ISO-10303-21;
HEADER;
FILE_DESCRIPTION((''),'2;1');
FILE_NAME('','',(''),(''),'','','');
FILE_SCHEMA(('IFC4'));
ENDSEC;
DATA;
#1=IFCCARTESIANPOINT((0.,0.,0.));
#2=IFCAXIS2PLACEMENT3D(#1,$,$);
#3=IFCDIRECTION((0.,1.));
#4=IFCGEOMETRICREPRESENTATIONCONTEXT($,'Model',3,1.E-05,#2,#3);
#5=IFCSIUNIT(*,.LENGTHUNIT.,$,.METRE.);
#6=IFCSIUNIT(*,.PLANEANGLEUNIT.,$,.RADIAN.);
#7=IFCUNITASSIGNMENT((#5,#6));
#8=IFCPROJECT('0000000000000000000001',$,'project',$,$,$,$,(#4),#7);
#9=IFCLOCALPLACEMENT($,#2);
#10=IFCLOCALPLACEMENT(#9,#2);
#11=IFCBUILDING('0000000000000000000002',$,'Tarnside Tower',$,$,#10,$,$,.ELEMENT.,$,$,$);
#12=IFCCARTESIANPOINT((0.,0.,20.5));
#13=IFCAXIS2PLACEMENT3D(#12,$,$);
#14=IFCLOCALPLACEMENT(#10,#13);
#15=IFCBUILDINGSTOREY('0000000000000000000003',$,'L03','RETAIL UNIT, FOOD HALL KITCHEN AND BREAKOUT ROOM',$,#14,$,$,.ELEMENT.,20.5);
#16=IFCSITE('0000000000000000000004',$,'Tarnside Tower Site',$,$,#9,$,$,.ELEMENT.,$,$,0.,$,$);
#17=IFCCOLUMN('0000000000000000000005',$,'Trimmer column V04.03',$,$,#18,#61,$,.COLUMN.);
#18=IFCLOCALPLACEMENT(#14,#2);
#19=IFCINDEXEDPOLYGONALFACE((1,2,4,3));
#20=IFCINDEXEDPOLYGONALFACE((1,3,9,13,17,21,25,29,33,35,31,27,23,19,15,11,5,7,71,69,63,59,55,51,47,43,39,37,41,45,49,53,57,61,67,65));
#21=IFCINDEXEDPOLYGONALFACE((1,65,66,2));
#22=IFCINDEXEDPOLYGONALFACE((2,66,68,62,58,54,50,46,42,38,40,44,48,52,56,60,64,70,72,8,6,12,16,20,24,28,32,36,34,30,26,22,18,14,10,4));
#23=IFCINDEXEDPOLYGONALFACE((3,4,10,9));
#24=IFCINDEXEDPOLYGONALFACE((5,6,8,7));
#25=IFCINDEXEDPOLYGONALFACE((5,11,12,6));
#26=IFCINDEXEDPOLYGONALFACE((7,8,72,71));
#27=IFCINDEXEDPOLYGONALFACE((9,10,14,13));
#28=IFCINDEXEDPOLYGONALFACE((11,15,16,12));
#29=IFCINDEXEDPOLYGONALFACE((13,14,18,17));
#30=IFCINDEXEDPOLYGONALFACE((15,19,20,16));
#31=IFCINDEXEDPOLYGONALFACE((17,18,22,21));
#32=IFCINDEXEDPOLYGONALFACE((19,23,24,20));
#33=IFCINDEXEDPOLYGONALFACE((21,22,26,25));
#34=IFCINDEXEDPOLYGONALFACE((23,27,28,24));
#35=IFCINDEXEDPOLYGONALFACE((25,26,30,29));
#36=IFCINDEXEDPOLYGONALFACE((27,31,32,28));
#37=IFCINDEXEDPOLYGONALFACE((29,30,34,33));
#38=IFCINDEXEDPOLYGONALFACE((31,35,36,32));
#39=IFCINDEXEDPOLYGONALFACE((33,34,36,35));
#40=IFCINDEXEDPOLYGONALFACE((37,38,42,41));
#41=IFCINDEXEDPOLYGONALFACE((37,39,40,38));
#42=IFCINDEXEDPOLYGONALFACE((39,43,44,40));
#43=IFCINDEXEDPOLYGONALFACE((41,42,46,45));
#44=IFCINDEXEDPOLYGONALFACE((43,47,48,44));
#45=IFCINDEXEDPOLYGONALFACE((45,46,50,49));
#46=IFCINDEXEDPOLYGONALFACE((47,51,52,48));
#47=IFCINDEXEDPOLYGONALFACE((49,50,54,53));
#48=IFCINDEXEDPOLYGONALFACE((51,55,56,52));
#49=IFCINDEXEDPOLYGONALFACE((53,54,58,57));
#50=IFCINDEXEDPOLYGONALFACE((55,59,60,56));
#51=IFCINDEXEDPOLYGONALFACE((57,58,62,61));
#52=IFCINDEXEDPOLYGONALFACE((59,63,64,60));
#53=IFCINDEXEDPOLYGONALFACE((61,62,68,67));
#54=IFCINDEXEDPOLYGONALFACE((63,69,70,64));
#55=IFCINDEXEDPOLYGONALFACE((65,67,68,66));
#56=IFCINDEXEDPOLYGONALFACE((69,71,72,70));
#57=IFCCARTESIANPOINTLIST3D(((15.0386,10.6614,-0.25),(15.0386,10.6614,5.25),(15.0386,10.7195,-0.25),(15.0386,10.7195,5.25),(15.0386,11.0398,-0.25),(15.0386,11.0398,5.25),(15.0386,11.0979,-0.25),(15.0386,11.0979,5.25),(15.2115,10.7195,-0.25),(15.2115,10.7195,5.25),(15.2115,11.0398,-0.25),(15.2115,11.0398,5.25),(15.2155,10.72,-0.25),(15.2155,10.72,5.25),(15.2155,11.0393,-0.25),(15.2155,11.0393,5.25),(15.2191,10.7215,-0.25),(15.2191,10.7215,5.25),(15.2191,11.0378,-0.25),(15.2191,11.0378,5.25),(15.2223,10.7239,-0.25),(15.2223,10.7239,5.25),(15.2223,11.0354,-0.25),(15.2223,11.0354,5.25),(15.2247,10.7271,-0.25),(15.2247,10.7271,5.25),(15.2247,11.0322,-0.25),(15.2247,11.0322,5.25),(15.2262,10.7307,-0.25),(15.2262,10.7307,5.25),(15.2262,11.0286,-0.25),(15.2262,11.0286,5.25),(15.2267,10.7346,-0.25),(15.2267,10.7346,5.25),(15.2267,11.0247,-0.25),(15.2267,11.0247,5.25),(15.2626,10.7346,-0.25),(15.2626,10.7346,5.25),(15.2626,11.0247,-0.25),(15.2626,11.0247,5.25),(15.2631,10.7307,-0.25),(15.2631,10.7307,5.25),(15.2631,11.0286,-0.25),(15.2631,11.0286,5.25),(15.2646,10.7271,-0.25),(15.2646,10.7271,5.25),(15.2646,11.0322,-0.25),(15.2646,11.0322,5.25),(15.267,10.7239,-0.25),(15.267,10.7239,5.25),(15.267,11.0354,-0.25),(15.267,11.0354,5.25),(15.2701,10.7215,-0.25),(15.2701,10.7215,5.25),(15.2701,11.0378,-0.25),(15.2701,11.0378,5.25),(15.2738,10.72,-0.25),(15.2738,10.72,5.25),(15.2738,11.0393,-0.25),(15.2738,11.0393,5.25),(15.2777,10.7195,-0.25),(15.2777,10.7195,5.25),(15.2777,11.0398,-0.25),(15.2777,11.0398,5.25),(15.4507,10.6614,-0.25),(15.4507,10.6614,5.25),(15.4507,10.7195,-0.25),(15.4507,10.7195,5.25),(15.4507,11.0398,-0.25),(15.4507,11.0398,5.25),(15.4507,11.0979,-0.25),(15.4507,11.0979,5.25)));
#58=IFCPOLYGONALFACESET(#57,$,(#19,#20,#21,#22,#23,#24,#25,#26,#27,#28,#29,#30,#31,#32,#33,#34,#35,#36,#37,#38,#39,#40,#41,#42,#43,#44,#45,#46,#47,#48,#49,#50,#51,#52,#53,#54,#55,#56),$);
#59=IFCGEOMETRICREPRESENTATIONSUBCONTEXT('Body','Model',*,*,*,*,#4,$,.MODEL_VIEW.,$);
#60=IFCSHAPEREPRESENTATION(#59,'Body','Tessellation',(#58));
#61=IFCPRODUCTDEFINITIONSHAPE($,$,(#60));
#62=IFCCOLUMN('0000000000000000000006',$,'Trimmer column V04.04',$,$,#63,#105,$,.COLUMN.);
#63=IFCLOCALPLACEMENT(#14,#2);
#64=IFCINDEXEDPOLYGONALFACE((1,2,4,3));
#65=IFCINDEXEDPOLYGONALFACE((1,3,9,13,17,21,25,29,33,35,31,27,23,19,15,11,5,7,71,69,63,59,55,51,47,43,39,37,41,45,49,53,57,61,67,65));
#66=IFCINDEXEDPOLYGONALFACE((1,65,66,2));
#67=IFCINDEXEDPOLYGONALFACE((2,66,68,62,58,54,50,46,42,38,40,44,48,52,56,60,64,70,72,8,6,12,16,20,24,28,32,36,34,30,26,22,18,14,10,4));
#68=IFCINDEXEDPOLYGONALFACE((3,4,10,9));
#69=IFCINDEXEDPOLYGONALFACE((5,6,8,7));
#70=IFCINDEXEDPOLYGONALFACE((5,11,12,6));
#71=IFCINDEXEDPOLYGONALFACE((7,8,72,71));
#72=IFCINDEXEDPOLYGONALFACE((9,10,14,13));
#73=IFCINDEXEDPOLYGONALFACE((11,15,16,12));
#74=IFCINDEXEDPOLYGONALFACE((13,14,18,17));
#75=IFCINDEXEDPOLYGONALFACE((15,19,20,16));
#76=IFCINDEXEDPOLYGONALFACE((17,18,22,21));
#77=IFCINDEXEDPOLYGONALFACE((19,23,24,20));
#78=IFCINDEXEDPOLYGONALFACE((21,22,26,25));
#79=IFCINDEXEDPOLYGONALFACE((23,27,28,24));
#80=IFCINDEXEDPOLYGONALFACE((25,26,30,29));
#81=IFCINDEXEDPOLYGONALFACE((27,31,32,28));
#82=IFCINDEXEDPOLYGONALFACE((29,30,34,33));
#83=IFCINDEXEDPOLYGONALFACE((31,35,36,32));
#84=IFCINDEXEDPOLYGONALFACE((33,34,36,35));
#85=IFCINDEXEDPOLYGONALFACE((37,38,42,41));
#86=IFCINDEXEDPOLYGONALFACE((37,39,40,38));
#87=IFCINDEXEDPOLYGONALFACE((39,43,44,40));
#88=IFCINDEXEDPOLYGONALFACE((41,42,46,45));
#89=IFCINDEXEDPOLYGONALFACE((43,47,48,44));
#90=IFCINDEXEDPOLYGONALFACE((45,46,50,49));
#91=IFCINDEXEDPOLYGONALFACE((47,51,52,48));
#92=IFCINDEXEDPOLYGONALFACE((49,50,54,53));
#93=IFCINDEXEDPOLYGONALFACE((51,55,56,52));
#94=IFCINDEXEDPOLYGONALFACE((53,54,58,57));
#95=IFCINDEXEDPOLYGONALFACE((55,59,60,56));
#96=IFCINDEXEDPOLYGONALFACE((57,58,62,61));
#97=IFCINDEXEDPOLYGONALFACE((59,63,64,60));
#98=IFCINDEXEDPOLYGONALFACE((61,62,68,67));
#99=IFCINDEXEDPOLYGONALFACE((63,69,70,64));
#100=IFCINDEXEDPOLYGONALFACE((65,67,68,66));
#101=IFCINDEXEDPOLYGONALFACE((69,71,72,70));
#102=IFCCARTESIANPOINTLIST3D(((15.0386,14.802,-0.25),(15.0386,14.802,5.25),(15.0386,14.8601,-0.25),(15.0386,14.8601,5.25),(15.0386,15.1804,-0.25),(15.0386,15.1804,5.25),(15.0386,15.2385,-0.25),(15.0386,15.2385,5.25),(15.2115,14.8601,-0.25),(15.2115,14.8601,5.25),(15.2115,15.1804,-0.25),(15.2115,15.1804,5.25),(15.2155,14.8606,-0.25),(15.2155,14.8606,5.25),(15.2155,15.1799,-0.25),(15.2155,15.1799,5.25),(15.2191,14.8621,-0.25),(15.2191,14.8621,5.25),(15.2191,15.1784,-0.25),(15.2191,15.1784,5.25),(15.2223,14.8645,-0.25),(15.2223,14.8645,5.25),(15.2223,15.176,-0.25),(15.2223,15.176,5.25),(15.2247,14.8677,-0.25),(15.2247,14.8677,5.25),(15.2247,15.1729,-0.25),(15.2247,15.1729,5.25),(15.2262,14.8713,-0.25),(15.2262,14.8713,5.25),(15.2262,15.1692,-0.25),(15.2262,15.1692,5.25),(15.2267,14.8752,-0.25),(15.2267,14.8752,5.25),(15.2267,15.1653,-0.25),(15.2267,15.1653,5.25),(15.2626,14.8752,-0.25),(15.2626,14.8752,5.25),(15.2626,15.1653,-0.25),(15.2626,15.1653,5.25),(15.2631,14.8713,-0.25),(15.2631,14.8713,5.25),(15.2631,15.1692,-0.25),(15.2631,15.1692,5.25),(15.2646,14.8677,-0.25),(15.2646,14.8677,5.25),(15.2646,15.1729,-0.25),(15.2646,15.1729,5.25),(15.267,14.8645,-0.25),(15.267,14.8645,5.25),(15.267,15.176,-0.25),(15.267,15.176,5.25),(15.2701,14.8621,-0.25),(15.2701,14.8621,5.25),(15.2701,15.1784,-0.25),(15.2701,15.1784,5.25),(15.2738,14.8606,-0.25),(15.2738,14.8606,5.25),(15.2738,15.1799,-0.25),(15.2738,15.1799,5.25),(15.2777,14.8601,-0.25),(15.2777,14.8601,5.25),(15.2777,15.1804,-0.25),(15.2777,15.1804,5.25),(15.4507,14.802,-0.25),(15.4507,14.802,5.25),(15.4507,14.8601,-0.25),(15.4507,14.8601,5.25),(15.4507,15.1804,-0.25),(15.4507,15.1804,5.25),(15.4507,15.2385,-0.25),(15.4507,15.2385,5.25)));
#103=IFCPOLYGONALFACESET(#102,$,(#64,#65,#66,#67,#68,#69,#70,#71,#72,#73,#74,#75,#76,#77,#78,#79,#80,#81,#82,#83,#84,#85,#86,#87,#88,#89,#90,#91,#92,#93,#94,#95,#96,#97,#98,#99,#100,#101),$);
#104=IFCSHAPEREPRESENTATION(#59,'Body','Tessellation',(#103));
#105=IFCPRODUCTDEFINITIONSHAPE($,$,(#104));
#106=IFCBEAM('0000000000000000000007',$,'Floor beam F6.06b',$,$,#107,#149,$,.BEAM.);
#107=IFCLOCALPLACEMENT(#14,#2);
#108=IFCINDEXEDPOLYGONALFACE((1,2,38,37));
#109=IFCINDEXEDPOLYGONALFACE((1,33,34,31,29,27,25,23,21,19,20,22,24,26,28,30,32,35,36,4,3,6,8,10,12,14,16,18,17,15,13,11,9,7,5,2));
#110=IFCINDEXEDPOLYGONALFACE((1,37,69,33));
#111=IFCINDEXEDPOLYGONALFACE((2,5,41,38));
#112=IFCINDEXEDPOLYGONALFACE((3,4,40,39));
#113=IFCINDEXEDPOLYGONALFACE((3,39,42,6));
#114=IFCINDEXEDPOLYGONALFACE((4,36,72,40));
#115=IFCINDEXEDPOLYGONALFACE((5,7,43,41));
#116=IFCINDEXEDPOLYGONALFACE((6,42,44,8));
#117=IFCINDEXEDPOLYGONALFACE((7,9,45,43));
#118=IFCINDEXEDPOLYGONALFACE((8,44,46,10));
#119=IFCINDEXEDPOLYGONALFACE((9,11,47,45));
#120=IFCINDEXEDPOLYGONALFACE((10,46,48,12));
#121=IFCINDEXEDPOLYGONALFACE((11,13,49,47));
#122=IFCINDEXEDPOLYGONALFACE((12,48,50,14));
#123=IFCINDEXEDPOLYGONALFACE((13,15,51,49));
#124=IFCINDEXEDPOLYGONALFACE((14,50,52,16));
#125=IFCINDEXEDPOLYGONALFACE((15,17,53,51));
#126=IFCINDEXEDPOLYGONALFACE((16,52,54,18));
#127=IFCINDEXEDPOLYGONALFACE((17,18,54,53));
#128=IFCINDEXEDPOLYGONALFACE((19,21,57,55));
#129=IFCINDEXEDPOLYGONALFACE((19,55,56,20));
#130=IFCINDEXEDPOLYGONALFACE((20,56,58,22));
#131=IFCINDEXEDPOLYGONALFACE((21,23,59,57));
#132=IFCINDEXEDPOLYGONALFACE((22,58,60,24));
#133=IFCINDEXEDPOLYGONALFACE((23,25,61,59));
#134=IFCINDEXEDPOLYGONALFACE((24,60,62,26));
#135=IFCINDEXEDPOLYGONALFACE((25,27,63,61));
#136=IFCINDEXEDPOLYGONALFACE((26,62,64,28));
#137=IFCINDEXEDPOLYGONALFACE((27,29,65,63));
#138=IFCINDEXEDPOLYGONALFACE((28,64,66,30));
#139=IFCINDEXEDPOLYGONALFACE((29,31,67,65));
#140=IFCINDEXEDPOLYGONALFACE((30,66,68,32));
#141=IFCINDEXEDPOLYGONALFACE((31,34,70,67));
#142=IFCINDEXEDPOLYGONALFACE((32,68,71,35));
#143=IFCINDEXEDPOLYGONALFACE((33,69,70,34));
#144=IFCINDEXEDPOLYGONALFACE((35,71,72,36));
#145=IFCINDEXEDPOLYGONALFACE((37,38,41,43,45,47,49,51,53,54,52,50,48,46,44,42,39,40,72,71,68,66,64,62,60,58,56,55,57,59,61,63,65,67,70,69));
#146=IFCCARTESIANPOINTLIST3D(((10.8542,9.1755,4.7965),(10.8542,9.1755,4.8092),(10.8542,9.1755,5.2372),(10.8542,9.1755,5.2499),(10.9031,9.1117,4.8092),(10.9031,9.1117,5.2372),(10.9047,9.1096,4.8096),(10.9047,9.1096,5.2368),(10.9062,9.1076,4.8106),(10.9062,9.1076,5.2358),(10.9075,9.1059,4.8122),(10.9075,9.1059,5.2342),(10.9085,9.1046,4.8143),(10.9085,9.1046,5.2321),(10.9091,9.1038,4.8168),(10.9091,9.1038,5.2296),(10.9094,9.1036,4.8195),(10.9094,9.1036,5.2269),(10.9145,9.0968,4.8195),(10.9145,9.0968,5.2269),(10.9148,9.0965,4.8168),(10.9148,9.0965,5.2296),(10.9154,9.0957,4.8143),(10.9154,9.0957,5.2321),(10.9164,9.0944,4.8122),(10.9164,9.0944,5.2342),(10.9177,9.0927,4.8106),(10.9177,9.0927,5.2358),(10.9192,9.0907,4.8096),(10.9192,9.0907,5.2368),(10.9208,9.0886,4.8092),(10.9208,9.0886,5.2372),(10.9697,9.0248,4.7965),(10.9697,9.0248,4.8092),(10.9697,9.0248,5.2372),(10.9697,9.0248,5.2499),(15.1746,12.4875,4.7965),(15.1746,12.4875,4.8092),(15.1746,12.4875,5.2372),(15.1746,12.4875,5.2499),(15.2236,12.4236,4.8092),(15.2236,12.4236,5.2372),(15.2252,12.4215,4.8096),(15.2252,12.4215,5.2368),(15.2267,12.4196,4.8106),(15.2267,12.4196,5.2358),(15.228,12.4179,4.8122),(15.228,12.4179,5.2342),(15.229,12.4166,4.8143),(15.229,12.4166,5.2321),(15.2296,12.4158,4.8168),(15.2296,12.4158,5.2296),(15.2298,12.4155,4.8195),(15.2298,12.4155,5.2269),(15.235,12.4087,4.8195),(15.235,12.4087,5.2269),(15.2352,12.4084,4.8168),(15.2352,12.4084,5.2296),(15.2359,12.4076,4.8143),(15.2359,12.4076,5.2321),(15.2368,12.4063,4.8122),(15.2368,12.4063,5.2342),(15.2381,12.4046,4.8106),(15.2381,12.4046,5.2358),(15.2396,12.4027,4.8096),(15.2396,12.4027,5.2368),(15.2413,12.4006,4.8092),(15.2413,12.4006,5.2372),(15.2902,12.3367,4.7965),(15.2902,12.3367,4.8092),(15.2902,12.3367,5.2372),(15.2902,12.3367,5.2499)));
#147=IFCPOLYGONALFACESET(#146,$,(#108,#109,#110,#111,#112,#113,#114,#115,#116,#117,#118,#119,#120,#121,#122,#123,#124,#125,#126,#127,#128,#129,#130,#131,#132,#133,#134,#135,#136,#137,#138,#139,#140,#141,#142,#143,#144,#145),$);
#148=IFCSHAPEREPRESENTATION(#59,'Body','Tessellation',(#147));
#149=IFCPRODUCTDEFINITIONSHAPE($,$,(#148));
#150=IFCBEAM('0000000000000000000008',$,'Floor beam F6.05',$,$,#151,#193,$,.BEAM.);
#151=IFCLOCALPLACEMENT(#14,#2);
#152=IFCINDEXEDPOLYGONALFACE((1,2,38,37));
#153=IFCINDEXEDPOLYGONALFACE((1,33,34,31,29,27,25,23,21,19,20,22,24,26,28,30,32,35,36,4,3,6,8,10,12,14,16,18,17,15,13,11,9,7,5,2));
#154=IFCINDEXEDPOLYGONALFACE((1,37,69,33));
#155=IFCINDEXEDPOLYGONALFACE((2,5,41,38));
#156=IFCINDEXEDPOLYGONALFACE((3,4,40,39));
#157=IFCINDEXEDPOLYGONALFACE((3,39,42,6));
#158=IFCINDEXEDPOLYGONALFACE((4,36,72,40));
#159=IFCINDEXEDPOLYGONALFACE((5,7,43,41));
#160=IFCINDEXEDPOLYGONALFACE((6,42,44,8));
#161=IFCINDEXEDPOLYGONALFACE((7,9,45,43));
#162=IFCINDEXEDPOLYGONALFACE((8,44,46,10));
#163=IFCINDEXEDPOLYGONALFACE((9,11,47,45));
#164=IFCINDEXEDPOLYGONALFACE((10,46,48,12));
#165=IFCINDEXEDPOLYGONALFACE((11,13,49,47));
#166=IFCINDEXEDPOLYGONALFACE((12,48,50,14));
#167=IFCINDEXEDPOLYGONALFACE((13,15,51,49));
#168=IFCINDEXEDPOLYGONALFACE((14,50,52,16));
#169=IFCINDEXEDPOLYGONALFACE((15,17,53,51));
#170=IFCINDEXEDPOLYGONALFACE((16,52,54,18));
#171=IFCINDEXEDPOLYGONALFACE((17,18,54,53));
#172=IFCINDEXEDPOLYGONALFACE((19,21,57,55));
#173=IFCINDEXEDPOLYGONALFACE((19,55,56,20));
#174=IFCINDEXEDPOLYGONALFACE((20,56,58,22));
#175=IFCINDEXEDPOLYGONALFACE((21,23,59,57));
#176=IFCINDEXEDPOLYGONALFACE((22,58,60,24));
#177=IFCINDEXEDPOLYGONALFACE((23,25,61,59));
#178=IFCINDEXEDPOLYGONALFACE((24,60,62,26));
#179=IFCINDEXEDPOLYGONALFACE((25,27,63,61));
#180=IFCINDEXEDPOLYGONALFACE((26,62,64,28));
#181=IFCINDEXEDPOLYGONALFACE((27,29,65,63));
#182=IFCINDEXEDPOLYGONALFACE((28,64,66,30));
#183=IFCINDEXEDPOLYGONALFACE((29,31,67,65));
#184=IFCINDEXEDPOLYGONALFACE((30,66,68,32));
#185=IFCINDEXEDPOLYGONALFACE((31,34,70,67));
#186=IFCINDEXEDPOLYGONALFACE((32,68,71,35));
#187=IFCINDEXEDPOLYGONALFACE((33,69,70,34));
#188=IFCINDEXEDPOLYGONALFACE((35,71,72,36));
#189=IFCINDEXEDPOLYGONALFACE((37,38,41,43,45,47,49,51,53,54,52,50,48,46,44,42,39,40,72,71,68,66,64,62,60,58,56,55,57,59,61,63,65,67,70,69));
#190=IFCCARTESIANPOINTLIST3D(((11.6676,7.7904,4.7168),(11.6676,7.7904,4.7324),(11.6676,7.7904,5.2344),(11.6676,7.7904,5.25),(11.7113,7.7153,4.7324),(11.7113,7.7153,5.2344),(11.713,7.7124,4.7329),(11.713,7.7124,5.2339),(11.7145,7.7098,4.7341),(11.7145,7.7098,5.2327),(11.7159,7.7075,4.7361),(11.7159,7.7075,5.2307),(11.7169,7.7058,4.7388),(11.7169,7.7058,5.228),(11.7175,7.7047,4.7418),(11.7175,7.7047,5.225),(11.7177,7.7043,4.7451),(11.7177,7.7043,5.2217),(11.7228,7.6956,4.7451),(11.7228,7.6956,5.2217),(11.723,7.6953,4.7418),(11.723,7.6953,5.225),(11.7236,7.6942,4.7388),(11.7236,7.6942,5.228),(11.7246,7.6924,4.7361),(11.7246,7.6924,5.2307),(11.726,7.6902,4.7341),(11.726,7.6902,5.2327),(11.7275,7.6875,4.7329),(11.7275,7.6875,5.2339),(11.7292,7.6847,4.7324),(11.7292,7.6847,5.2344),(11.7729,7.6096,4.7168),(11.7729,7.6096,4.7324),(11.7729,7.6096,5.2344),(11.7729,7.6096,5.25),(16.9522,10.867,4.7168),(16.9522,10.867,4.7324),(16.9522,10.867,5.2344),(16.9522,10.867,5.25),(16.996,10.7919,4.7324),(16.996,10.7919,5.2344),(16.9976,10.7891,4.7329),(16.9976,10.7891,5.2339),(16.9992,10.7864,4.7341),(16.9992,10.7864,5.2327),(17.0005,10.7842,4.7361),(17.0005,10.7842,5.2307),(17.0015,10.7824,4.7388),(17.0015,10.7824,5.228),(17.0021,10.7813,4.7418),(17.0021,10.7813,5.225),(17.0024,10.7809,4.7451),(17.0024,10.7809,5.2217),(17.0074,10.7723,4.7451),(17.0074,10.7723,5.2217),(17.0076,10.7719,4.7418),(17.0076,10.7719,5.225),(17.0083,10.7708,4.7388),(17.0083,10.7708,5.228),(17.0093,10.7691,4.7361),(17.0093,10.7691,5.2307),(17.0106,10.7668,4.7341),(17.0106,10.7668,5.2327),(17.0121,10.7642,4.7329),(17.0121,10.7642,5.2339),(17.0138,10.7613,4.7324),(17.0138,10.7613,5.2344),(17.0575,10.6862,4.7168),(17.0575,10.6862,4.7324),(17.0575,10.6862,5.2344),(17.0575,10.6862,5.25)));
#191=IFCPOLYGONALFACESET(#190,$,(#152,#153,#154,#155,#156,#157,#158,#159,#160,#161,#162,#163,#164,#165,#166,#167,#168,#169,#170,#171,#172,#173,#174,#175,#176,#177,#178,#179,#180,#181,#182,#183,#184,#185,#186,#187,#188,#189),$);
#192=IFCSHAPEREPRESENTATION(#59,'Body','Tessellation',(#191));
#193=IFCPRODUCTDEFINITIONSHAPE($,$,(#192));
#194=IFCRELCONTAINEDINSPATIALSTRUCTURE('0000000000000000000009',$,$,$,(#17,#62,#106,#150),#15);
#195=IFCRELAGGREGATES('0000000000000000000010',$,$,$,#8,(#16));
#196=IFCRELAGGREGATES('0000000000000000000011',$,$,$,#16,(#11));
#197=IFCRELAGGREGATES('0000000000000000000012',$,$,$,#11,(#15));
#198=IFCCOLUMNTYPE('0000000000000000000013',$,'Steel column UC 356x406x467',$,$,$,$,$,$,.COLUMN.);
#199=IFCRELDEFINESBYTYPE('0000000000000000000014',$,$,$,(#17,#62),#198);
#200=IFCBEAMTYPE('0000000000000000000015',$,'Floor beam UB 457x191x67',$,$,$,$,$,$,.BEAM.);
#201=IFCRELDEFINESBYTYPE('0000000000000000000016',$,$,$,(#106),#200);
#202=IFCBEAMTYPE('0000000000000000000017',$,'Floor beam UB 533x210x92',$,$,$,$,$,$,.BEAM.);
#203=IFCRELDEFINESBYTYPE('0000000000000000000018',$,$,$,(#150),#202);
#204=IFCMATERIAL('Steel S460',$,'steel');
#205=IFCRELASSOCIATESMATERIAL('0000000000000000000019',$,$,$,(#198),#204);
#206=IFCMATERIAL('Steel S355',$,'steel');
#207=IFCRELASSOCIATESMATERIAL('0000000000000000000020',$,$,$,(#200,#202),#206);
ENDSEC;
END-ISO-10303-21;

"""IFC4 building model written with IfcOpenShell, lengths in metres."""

from ifc_helpers import new_model, si_unit, direction, frame, origin, origin_2d, place, context, subcontext, project, spatial, i_section, extrude, material, material_profile, profile_set, type_object, element, save


model = new_model("IFC4")

# Units and contexts
model_context = context("Model", 3, precision=1e-05, world=origin(), true_north=direction((0.0, 1.0)))
body_context = subcontext(model_context, "Body", "Model", "MODEL_VIEW")
ifc_project = project(units=[si_unit("LENGTHUNIT", "METRE"), si_unit("PLANEANGLEUNIT", "RADIAN")], contexts=[model_context])

# Site, building, storey
site_placement = place(None, origin())
site = spatial("IfcSite", under=ifc_project, at=site_placement, Name="Tarnside Tower Site", CompositionType="ELEMENT", RefElevation=0.0)
building_placement = place(site_placement, origin())
building = spatial("IfcBuilding", under=site, at=building_placement, Name="Tarnside Tower", CompositionType="ELEMENT")
storey_placement = place(building_placement, frame((0.0, 0.0, 20.5)))
storey = spatial("IfcBuildingStorey", under=building, at=storey_placement, Name="L03", Description="RETAIL UNIT, FOOD HALL KITCHEN AND BREAKOUT ROOM", CompositionType="ELEMENT", Elevation=20.5)

# Columns
ifc_material_1 = material(Name="Steel S460", Category="steel")
ifc_material_profile_1 = material_profile(ifc_material_1, i_section(OverallWidth=0.4121, OverallDepth=0.4365, WebThickness=0.0359, FlangeThickness=0.0581, FilletRadius=0.0151, at=origin_2d()), Name="UC 356x406x467")
ifc_profile_set_1 = profile_set([ifc_material_profile_1], Name="Steel S460")
column_type = type_object("IfcColumnType", Name="Steel column UC 356x406x467", PredefinedType="COLUMN", material=ifc_profile_set_1)
for number, where, z_axis, x_axis, name in (
    (1, (15.2446, 10.8796, -0.25), (0.0, 0.0, 1.0), (1.0, 0.0, 0.0), "Trimmer column V04.03"),
    (2, (15.2446, 15.0203, -0.25), (0.0, 0.0, 1.0), (1.0, 0.0, 0.0), "Trimmer column V04.04"),
):
    element("IfcColumn", number, at=place(storey_placement, frame(where, z_axis=z_axis, x_axis=x_axis)), inside=storey, type_object=column_type, Name=name, PredefinedType="COLUMN", context=body_context, shape_type="SweptSolid", body=[
        extrude(i_section(OverallWidth=0.4121, OverallDepth=0.4365, WebThickness=0.0359, FlangeThickness=0.0581, FilletRadius=0.0151, at=origin_2d()), origin(), (0.0, 0.0, 1.0), 5.5),
    ])

# Beams
ifc_material_2 = material(Name="Steel S355", Category="steel")
ifc_material_profile_2 = material_profile(ifc_material_2, i_section(OverallWidth=0.1899, OverallDepth=0.4534, WebThickness=0.0085, FlangeThickness=0.0127, FilletRadius=0.0103, at=origin_2d()), Name="UB 457x191x67")
ifc_profile_set_2 = profile_set([ifc_material_profile_2], Name="Steel S355")
beam_type_1 = type_object("IfcBeamType", Name="Floor beam UB 457x191x67", PredefinedType="BEAM", material=ifc_profile_set_2)
beam_1_placement = place(storey_placement, frame((15.2324, 12.4121, 5.0232), z_axis=(-0.793643, -0.608384, 0.0), x_axis=(0.608384, -0.793643, 0.0)))
element("IfcBeam", 3, at=beam_1_placement, inside=storey, type_object=beam_type_1, Name="Floor beam F6.06b", PredefinedType="BEAM", context=body_context, shape_type="SweptSolid", body=[
    extrude(i_section(OverallWidth=0.1899, OverallDepth=0.4534, WebThickness=0.0085, FlangeThickness=0.0127, FilletRadius=0.0103, at=origin_2d()), origin(), (0.0, 0.0, 1.0), 5.4438),
])
ifc_material_profile_3 = material_profile(ifc_material_2, i_section(OverallWidth=0.2092, OverallDepth=0.5332, WebThickness=0.01, FlangeThickness=0.0156, FilletRadius=0.0127, at=origin_2d()), Name="UB 533x210x92")
ifc_profile_set_3 = profile_set([ifc_material_profile_3], Name="Steel S355")
beam_type_2 = type_object("IfcBeamType", Name="Floor beam UB 533x210x92", PredefinedType="BEAM", material=ifc_profile_set_3)
beam_2_placement = place(storey_placement, frame((17.0049, 10.7766, 4.9834), z_axis=(-0.86421, -0.503131, 0.0), x_axis=(0.503131, -0.86421, 0.0)))
element("IfcBeam", 4, at=beam_2_placement, inside=storey, type_object=beam_type_2, Name="Floor beam F6.05", PredefinedType="BEAM", context=body_context, shape_type="SweptSolid", body=[
    extrude(i_section(OverallWidth=0.2092, OverallDepth=0.5332, WebThickness=0.01, FlangeThickness=0.0156, FilletRadius=0.0127, at=origin_2d()), origin(), (0.0, 0.0, 1.0), 6.115),
])

save(model, "model.ifc")
